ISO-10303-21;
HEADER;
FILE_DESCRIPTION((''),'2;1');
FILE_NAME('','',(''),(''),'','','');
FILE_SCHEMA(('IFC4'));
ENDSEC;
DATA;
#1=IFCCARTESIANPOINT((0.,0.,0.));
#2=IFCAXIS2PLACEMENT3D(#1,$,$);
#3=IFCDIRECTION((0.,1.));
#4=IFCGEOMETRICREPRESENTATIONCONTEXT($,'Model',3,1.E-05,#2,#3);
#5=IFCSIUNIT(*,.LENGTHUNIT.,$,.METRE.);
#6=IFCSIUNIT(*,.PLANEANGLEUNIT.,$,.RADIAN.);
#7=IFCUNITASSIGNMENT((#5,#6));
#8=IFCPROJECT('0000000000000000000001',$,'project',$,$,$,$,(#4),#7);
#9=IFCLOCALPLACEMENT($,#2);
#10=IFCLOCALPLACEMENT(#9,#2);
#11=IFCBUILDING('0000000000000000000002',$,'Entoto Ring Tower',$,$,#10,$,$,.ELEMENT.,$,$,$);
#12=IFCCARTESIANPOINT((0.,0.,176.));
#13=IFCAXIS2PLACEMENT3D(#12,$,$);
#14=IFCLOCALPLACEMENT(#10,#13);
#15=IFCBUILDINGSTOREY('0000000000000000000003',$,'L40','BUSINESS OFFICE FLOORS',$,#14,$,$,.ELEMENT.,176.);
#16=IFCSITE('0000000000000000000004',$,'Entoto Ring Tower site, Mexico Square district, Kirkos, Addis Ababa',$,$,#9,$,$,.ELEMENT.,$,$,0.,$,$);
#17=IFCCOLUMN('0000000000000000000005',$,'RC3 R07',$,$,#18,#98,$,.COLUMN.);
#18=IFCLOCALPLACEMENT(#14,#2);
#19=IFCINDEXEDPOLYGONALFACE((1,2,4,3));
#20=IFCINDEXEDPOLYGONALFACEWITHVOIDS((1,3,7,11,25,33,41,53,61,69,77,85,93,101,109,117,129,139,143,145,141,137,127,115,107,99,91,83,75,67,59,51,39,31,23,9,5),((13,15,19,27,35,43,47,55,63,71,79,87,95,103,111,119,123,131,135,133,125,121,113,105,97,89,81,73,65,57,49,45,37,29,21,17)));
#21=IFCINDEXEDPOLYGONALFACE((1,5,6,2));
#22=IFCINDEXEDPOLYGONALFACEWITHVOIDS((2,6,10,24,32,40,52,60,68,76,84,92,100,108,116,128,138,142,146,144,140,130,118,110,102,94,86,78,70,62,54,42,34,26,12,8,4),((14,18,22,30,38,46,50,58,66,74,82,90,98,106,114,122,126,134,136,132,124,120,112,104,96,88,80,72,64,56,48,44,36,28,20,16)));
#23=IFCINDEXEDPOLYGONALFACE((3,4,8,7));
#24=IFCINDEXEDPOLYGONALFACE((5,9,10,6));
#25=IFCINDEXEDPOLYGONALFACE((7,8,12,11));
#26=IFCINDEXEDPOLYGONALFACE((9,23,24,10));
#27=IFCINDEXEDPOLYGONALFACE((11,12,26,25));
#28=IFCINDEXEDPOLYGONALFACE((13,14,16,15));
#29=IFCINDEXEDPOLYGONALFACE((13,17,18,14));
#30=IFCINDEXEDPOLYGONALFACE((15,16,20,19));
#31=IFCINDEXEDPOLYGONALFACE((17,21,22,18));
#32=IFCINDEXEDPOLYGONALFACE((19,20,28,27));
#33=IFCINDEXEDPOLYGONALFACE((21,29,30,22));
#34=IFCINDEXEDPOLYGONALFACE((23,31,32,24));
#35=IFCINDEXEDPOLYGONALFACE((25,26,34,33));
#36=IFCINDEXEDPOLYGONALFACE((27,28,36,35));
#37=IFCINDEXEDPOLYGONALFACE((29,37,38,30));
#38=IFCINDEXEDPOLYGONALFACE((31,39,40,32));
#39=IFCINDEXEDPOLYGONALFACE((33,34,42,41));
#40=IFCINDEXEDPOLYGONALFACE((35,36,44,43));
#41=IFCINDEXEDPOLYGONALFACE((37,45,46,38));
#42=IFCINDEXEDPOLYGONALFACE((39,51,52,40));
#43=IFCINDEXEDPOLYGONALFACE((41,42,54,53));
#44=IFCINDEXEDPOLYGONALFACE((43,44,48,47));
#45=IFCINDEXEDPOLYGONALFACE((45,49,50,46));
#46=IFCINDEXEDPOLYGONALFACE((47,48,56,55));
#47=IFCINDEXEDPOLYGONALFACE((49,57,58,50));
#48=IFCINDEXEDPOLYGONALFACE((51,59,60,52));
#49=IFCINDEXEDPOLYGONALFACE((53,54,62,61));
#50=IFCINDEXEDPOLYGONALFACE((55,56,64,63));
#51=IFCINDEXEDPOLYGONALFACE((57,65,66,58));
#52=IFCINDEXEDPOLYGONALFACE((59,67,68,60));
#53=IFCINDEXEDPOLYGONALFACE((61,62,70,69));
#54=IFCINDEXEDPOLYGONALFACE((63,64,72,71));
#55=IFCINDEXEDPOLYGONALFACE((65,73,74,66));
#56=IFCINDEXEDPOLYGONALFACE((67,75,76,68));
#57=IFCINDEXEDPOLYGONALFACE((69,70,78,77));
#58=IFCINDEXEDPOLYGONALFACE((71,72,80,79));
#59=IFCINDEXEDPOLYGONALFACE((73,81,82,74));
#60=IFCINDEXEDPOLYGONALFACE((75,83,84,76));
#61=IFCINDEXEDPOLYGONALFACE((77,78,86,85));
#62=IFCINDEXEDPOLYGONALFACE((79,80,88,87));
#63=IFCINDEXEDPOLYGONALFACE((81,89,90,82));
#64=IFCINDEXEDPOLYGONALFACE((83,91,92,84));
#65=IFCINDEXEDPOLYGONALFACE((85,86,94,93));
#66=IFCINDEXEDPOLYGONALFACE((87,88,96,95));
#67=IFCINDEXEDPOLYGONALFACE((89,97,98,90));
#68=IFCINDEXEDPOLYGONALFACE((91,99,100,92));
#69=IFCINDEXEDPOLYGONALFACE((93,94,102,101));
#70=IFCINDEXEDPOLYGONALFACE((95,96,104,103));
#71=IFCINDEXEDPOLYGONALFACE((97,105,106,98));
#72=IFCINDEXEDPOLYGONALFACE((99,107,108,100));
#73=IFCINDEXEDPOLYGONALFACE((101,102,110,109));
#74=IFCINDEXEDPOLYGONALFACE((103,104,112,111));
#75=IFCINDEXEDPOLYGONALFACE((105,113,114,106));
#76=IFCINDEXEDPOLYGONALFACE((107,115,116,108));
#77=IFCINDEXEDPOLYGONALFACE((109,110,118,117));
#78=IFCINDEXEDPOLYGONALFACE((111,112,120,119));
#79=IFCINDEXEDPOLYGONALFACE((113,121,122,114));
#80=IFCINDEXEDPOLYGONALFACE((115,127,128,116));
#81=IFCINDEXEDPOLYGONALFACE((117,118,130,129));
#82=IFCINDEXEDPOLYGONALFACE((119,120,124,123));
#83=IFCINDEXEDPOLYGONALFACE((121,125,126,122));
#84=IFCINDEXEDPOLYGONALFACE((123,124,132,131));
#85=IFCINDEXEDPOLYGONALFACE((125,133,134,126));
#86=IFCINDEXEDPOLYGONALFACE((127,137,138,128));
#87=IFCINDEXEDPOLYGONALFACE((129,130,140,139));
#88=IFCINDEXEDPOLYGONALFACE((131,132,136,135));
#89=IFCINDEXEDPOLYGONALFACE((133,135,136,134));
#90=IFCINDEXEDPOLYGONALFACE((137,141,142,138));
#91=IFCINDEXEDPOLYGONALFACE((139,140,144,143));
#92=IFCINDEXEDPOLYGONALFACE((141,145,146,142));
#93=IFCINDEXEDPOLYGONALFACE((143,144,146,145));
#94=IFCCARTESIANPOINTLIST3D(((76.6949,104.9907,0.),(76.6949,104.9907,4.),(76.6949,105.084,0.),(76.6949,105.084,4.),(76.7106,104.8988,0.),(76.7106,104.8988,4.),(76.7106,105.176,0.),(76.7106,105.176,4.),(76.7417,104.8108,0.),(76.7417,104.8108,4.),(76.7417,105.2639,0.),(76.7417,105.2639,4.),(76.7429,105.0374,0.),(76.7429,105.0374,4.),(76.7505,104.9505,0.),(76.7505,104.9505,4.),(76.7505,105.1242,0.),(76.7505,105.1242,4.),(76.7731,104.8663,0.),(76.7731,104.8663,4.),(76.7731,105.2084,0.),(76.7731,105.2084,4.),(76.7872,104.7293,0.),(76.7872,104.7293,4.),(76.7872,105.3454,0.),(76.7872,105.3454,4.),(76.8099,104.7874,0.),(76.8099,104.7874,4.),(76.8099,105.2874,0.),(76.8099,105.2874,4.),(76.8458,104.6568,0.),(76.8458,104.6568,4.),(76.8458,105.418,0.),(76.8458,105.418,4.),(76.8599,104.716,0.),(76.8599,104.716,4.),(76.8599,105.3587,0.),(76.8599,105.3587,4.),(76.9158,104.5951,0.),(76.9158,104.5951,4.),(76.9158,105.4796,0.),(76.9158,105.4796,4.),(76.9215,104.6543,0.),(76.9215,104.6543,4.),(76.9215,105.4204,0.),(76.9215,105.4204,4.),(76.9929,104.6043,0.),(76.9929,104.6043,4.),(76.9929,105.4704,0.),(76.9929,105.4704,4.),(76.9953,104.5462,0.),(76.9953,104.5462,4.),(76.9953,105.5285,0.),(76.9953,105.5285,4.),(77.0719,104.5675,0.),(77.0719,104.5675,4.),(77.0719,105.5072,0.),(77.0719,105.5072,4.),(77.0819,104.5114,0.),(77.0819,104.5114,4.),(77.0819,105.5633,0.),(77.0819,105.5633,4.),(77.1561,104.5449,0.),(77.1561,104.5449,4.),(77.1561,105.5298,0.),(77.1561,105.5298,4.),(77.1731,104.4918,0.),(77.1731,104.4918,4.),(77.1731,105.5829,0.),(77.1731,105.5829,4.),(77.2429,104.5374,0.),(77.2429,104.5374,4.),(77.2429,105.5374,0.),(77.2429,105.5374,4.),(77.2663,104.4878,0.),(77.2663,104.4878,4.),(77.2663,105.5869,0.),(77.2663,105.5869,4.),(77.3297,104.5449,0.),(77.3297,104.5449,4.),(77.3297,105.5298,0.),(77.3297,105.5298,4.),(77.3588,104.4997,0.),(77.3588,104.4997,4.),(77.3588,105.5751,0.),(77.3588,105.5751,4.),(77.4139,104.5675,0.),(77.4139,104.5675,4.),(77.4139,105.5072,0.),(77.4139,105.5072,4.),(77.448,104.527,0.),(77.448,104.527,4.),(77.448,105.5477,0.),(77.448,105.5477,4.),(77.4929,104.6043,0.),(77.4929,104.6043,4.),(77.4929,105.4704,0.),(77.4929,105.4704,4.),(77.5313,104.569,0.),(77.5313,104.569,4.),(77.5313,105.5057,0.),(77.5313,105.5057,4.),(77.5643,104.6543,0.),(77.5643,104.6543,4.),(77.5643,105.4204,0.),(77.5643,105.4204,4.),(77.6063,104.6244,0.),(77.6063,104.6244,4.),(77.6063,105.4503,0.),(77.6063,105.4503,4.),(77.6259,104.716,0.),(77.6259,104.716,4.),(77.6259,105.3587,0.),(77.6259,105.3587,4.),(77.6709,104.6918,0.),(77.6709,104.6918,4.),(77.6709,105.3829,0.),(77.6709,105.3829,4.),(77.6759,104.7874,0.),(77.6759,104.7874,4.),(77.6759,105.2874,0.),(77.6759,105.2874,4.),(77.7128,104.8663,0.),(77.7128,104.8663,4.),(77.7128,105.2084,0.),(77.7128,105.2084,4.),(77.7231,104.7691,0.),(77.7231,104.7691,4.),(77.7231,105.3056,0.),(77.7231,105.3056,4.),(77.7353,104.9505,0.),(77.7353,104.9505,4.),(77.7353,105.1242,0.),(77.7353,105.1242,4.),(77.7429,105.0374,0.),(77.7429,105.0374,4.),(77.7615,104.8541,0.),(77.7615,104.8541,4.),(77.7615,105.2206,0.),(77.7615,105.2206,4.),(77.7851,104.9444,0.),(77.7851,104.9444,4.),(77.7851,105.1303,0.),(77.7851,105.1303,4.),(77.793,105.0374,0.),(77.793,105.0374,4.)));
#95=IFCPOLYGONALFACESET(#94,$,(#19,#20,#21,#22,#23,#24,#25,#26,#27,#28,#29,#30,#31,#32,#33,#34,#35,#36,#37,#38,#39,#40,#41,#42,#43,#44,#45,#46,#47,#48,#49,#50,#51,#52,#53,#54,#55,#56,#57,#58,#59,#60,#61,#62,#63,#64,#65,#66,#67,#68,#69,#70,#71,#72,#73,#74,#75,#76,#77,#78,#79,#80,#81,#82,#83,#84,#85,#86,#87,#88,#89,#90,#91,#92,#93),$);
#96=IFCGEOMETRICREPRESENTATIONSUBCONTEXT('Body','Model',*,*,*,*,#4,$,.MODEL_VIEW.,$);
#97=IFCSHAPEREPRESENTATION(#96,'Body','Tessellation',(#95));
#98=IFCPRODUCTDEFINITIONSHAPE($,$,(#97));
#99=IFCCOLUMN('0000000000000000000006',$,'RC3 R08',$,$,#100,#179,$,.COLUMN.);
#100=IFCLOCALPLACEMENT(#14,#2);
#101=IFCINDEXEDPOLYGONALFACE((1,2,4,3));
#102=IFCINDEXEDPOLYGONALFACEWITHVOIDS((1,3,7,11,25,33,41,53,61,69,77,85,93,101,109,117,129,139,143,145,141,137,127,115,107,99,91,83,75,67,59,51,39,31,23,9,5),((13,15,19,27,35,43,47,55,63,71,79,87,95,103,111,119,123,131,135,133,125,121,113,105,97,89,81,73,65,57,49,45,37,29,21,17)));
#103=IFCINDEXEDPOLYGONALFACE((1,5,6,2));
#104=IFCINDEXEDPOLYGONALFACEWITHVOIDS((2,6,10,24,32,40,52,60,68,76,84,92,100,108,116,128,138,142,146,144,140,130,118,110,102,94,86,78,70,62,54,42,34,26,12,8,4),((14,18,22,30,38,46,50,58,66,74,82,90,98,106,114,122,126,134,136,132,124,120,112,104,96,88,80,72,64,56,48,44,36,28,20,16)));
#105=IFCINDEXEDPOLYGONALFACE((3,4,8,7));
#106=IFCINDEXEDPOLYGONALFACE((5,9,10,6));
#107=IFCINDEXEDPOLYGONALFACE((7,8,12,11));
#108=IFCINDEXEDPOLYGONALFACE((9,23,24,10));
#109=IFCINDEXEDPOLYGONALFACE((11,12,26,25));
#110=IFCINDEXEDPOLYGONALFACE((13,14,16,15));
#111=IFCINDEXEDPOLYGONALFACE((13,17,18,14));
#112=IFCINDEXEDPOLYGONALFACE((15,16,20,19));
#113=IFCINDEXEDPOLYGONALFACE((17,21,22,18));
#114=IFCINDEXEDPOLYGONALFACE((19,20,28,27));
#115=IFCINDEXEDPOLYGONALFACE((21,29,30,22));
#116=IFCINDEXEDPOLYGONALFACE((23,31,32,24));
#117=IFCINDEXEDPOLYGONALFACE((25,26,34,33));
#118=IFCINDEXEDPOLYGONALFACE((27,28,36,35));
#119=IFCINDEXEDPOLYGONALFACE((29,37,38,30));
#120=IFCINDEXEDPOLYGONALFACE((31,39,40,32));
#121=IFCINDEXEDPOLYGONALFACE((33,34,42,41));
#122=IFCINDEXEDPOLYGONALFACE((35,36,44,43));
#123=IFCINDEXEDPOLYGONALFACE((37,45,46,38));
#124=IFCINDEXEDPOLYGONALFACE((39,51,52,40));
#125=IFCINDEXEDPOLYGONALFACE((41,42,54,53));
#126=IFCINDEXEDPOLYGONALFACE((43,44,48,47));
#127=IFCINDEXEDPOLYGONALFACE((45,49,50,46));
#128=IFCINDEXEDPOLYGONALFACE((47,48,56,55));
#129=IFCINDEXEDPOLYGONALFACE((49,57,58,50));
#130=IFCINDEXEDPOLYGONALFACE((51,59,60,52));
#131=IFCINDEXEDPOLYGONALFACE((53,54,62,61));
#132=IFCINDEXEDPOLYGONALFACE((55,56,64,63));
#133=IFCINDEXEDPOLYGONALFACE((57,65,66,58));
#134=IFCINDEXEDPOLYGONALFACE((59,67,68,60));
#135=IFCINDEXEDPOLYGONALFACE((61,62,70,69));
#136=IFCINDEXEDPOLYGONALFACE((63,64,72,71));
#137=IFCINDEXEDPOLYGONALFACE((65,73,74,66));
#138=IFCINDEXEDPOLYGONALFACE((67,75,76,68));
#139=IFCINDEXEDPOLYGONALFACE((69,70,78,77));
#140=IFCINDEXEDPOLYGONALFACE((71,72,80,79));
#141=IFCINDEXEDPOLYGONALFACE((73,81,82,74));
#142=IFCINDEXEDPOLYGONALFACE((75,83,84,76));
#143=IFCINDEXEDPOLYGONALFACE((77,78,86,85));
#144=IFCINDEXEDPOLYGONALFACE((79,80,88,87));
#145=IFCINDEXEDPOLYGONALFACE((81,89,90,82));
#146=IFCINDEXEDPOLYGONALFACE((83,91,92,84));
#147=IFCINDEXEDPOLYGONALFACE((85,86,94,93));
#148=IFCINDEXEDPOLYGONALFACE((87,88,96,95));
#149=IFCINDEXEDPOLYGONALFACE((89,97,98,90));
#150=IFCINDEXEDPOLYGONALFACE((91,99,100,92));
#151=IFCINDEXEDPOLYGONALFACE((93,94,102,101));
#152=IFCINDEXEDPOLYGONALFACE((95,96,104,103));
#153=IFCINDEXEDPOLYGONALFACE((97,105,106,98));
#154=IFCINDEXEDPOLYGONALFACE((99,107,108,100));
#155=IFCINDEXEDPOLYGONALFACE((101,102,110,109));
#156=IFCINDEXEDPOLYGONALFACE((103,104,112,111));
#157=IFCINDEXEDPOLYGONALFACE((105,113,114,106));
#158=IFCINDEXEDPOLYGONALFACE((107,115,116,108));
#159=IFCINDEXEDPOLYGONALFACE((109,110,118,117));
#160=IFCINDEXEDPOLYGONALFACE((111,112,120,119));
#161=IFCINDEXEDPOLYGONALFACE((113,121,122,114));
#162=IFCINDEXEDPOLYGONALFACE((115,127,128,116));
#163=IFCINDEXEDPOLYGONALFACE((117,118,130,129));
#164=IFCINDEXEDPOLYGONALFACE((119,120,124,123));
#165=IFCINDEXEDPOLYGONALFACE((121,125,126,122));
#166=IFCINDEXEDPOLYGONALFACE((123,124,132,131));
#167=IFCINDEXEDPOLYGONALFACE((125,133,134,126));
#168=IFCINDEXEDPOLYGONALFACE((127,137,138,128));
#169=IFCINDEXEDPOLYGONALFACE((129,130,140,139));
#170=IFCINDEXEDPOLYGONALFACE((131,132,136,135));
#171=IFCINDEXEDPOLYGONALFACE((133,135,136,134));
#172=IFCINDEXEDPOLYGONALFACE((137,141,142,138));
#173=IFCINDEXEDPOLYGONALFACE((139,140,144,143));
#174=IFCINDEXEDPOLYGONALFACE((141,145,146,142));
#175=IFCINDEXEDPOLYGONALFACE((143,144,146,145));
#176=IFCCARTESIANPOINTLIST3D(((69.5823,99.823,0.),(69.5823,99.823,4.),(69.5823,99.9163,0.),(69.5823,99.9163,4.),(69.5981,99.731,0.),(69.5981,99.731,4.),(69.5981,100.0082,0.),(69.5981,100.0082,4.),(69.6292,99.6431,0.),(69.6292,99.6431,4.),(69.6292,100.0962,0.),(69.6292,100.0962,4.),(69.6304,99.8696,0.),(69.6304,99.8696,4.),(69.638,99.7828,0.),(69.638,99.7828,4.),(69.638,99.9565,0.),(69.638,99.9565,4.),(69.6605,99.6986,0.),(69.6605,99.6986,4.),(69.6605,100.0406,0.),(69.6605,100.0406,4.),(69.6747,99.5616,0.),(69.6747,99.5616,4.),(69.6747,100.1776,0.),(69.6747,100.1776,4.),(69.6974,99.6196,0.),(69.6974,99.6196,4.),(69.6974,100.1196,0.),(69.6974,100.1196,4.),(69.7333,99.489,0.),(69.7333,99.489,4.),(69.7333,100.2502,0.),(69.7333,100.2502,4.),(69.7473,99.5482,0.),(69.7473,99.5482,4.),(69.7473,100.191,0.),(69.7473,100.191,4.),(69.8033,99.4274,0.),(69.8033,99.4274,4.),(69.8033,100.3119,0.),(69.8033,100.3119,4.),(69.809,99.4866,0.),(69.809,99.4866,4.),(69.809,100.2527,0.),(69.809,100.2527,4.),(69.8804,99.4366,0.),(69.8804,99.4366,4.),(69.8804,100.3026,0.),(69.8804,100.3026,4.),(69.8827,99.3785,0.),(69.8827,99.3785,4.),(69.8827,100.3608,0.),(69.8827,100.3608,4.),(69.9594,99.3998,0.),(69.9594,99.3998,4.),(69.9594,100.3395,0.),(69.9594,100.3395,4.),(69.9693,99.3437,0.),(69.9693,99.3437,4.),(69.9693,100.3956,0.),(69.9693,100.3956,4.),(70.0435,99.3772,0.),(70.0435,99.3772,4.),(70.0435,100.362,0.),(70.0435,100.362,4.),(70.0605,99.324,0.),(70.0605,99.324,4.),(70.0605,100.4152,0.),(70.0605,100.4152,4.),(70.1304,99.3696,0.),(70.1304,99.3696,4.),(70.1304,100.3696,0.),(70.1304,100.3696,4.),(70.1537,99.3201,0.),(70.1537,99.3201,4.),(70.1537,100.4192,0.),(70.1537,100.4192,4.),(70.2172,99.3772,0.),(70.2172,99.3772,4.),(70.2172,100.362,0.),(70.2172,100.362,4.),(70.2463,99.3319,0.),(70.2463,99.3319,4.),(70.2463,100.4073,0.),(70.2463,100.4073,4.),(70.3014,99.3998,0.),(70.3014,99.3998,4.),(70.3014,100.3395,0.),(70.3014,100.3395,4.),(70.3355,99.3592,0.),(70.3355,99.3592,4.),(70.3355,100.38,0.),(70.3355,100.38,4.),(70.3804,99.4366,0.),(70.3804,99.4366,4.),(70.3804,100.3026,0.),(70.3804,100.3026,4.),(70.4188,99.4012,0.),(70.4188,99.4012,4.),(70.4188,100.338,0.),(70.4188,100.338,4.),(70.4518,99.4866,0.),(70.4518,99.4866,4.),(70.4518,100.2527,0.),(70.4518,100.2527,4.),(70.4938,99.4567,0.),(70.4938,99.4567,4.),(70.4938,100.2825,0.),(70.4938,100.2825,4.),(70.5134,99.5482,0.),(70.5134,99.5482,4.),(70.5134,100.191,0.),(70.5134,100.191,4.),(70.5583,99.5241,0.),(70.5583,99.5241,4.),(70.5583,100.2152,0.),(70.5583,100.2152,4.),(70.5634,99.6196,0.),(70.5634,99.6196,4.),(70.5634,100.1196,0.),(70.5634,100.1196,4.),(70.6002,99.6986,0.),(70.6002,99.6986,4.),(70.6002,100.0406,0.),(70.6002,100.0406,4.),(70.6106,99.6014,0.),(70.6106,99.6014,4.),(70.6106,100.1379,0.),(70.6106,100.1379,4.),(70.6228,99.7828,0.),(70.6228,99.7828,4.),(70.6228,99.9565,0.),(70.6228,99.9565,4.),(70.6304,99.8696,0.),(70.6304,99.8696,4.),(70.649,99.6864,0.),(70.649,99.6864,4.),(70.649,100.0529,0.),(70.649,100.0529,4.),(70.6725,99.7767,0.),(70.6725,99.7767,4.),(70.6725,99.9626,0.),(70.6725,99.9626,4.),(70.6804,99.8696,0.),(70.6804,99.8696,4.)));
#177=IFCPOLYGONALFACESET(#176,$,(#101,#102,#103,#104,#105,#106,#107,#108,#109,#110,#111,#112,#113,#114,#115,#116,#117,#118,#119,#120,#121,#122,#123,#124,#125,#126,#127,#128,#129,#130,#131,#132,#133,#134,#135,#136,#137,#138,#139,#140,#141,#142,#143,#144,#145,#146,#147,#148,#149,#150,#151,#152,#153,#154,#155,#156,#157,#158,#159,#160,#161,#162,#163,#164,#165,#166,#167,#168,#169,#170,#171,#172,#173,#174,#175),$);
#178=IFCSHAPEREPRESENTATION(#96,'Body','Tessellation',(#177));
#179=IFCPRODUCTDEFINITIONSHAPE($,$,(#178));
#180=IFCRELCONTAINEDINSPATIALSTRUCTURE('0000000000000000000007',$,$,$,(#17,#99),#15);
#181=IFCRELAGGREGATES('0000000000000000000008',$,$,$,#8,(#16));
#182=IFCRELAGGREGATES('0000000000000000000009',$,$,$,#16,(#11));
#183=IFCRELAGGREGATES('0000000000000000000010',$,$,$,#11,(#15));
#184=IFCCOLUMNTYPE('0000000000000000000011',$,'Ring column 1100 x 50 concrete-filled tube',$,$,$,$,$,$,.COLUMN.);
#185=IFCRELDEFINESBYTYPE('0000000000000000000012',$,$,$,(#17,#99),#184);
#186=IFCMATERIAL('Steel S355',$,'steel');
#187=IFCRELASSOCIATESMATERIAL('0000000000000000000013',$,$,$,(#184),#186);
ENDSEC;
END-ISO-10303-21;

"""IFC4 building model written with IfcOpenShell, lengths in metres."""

from ifc_helpers import new_model, si_unit, direction, frame, origin, origin_2d, place, context, subcontext, project, spatial, circle, hollow_circle, extrude, material, material_profile, profile_set, type_object, element, save


model = new_model("IFC4")

# Units and contexts
model_context = context("Model", 3, precision=1e-05, world=origin(), true_north=direction((0.0, 1.0)))
body_context = subcontext(model_context, "Body", "Model", "MODEL_VIEW")
ifc_project = project(units=[si_unit("LENGTHUNIT", "METRE"), si_unit("PLANEANGLEUNIT", "RADIAN")], contexts=[model_context])

# Site, building, storey
site_placement = place(None, origin())
site = spatial("IfcSite", under=ifc_project, at=site_placement, Name="Entoto Ring Tower site, Mexico Square district, Kirkos, Addis Ababa", CompositionType="ELEMENT", RefElevation=0.0)
building_placement = place(site_placement, origin())
building = spatial("IfcBuilding", under=site, at=building_placement, Name="Entoto Ring Tower", CompositionType="ELEMENT")
storey_placement = place(building_placement, frame((0.0, 0.0, 176.0)))
storey = spatial("IfcBuildingStorey", under=building, at=storey_placement, Name="L40", Description="BUSINESS OFFICE FLOORS", CompositionType="ELEMENT", Elevation=176.0)

# Columns
ifc_material_1 = material(Name="Steel S355", Category="steel")
ifc_material_profile_1 = material_profile(ifc_material_1, hollow_circle(Radius=0.55, WallThickness=0.05, at=origin_2d()), Name="CHS 1100 x 50")
ifc_material_2 = material(Name="Concrete C60/75", Category="concrete")
ifc_material_profile_2 = material_profile(ifc_material_2, circle(Radius=0.5, at=origin_2d()), Name="Concrete C60/75 infill")
ifc_profile_set_1 = profile_set([ifc_material_profile_1, ifc_material_profile_2], Name="Steel S355")
column_type = type_object("IfcColumnType", Name="Ring column 1100 x 50 concrete-filled tube", PredefinedType="COLUMN", material=ifc_profile_set_1)
for number, where, z_axis, x_axis, name in (
    (1, (77.2429, 105.0374, 0.0), (0.0, 0.0, 1.0), (1.0, 0.0, 0.0), "RC3 R07"),
    (2, (70.1304, 99.8696, 0.0), (0.0, 0.0, 1.0), (1.0, 0.0, 0.0), "RC3 R08"),
):
    element("IfcColumn", number, at=place(storey_placement, frame(where, z_axis=z_axis, x_axis=x_axis)), inside=storey, type_object=column_type, Name=name, PredefinedType="COLUMN", context=body_context, shape_type="SweptSolid", body=[
        extrude(hollow_circle(Radius=0.55, WallThickness=0.05, at=origin_2d()), origin(), (0.0, 0.0, 1.0), 4.0),
    ])

save(model, "model.ifc")
